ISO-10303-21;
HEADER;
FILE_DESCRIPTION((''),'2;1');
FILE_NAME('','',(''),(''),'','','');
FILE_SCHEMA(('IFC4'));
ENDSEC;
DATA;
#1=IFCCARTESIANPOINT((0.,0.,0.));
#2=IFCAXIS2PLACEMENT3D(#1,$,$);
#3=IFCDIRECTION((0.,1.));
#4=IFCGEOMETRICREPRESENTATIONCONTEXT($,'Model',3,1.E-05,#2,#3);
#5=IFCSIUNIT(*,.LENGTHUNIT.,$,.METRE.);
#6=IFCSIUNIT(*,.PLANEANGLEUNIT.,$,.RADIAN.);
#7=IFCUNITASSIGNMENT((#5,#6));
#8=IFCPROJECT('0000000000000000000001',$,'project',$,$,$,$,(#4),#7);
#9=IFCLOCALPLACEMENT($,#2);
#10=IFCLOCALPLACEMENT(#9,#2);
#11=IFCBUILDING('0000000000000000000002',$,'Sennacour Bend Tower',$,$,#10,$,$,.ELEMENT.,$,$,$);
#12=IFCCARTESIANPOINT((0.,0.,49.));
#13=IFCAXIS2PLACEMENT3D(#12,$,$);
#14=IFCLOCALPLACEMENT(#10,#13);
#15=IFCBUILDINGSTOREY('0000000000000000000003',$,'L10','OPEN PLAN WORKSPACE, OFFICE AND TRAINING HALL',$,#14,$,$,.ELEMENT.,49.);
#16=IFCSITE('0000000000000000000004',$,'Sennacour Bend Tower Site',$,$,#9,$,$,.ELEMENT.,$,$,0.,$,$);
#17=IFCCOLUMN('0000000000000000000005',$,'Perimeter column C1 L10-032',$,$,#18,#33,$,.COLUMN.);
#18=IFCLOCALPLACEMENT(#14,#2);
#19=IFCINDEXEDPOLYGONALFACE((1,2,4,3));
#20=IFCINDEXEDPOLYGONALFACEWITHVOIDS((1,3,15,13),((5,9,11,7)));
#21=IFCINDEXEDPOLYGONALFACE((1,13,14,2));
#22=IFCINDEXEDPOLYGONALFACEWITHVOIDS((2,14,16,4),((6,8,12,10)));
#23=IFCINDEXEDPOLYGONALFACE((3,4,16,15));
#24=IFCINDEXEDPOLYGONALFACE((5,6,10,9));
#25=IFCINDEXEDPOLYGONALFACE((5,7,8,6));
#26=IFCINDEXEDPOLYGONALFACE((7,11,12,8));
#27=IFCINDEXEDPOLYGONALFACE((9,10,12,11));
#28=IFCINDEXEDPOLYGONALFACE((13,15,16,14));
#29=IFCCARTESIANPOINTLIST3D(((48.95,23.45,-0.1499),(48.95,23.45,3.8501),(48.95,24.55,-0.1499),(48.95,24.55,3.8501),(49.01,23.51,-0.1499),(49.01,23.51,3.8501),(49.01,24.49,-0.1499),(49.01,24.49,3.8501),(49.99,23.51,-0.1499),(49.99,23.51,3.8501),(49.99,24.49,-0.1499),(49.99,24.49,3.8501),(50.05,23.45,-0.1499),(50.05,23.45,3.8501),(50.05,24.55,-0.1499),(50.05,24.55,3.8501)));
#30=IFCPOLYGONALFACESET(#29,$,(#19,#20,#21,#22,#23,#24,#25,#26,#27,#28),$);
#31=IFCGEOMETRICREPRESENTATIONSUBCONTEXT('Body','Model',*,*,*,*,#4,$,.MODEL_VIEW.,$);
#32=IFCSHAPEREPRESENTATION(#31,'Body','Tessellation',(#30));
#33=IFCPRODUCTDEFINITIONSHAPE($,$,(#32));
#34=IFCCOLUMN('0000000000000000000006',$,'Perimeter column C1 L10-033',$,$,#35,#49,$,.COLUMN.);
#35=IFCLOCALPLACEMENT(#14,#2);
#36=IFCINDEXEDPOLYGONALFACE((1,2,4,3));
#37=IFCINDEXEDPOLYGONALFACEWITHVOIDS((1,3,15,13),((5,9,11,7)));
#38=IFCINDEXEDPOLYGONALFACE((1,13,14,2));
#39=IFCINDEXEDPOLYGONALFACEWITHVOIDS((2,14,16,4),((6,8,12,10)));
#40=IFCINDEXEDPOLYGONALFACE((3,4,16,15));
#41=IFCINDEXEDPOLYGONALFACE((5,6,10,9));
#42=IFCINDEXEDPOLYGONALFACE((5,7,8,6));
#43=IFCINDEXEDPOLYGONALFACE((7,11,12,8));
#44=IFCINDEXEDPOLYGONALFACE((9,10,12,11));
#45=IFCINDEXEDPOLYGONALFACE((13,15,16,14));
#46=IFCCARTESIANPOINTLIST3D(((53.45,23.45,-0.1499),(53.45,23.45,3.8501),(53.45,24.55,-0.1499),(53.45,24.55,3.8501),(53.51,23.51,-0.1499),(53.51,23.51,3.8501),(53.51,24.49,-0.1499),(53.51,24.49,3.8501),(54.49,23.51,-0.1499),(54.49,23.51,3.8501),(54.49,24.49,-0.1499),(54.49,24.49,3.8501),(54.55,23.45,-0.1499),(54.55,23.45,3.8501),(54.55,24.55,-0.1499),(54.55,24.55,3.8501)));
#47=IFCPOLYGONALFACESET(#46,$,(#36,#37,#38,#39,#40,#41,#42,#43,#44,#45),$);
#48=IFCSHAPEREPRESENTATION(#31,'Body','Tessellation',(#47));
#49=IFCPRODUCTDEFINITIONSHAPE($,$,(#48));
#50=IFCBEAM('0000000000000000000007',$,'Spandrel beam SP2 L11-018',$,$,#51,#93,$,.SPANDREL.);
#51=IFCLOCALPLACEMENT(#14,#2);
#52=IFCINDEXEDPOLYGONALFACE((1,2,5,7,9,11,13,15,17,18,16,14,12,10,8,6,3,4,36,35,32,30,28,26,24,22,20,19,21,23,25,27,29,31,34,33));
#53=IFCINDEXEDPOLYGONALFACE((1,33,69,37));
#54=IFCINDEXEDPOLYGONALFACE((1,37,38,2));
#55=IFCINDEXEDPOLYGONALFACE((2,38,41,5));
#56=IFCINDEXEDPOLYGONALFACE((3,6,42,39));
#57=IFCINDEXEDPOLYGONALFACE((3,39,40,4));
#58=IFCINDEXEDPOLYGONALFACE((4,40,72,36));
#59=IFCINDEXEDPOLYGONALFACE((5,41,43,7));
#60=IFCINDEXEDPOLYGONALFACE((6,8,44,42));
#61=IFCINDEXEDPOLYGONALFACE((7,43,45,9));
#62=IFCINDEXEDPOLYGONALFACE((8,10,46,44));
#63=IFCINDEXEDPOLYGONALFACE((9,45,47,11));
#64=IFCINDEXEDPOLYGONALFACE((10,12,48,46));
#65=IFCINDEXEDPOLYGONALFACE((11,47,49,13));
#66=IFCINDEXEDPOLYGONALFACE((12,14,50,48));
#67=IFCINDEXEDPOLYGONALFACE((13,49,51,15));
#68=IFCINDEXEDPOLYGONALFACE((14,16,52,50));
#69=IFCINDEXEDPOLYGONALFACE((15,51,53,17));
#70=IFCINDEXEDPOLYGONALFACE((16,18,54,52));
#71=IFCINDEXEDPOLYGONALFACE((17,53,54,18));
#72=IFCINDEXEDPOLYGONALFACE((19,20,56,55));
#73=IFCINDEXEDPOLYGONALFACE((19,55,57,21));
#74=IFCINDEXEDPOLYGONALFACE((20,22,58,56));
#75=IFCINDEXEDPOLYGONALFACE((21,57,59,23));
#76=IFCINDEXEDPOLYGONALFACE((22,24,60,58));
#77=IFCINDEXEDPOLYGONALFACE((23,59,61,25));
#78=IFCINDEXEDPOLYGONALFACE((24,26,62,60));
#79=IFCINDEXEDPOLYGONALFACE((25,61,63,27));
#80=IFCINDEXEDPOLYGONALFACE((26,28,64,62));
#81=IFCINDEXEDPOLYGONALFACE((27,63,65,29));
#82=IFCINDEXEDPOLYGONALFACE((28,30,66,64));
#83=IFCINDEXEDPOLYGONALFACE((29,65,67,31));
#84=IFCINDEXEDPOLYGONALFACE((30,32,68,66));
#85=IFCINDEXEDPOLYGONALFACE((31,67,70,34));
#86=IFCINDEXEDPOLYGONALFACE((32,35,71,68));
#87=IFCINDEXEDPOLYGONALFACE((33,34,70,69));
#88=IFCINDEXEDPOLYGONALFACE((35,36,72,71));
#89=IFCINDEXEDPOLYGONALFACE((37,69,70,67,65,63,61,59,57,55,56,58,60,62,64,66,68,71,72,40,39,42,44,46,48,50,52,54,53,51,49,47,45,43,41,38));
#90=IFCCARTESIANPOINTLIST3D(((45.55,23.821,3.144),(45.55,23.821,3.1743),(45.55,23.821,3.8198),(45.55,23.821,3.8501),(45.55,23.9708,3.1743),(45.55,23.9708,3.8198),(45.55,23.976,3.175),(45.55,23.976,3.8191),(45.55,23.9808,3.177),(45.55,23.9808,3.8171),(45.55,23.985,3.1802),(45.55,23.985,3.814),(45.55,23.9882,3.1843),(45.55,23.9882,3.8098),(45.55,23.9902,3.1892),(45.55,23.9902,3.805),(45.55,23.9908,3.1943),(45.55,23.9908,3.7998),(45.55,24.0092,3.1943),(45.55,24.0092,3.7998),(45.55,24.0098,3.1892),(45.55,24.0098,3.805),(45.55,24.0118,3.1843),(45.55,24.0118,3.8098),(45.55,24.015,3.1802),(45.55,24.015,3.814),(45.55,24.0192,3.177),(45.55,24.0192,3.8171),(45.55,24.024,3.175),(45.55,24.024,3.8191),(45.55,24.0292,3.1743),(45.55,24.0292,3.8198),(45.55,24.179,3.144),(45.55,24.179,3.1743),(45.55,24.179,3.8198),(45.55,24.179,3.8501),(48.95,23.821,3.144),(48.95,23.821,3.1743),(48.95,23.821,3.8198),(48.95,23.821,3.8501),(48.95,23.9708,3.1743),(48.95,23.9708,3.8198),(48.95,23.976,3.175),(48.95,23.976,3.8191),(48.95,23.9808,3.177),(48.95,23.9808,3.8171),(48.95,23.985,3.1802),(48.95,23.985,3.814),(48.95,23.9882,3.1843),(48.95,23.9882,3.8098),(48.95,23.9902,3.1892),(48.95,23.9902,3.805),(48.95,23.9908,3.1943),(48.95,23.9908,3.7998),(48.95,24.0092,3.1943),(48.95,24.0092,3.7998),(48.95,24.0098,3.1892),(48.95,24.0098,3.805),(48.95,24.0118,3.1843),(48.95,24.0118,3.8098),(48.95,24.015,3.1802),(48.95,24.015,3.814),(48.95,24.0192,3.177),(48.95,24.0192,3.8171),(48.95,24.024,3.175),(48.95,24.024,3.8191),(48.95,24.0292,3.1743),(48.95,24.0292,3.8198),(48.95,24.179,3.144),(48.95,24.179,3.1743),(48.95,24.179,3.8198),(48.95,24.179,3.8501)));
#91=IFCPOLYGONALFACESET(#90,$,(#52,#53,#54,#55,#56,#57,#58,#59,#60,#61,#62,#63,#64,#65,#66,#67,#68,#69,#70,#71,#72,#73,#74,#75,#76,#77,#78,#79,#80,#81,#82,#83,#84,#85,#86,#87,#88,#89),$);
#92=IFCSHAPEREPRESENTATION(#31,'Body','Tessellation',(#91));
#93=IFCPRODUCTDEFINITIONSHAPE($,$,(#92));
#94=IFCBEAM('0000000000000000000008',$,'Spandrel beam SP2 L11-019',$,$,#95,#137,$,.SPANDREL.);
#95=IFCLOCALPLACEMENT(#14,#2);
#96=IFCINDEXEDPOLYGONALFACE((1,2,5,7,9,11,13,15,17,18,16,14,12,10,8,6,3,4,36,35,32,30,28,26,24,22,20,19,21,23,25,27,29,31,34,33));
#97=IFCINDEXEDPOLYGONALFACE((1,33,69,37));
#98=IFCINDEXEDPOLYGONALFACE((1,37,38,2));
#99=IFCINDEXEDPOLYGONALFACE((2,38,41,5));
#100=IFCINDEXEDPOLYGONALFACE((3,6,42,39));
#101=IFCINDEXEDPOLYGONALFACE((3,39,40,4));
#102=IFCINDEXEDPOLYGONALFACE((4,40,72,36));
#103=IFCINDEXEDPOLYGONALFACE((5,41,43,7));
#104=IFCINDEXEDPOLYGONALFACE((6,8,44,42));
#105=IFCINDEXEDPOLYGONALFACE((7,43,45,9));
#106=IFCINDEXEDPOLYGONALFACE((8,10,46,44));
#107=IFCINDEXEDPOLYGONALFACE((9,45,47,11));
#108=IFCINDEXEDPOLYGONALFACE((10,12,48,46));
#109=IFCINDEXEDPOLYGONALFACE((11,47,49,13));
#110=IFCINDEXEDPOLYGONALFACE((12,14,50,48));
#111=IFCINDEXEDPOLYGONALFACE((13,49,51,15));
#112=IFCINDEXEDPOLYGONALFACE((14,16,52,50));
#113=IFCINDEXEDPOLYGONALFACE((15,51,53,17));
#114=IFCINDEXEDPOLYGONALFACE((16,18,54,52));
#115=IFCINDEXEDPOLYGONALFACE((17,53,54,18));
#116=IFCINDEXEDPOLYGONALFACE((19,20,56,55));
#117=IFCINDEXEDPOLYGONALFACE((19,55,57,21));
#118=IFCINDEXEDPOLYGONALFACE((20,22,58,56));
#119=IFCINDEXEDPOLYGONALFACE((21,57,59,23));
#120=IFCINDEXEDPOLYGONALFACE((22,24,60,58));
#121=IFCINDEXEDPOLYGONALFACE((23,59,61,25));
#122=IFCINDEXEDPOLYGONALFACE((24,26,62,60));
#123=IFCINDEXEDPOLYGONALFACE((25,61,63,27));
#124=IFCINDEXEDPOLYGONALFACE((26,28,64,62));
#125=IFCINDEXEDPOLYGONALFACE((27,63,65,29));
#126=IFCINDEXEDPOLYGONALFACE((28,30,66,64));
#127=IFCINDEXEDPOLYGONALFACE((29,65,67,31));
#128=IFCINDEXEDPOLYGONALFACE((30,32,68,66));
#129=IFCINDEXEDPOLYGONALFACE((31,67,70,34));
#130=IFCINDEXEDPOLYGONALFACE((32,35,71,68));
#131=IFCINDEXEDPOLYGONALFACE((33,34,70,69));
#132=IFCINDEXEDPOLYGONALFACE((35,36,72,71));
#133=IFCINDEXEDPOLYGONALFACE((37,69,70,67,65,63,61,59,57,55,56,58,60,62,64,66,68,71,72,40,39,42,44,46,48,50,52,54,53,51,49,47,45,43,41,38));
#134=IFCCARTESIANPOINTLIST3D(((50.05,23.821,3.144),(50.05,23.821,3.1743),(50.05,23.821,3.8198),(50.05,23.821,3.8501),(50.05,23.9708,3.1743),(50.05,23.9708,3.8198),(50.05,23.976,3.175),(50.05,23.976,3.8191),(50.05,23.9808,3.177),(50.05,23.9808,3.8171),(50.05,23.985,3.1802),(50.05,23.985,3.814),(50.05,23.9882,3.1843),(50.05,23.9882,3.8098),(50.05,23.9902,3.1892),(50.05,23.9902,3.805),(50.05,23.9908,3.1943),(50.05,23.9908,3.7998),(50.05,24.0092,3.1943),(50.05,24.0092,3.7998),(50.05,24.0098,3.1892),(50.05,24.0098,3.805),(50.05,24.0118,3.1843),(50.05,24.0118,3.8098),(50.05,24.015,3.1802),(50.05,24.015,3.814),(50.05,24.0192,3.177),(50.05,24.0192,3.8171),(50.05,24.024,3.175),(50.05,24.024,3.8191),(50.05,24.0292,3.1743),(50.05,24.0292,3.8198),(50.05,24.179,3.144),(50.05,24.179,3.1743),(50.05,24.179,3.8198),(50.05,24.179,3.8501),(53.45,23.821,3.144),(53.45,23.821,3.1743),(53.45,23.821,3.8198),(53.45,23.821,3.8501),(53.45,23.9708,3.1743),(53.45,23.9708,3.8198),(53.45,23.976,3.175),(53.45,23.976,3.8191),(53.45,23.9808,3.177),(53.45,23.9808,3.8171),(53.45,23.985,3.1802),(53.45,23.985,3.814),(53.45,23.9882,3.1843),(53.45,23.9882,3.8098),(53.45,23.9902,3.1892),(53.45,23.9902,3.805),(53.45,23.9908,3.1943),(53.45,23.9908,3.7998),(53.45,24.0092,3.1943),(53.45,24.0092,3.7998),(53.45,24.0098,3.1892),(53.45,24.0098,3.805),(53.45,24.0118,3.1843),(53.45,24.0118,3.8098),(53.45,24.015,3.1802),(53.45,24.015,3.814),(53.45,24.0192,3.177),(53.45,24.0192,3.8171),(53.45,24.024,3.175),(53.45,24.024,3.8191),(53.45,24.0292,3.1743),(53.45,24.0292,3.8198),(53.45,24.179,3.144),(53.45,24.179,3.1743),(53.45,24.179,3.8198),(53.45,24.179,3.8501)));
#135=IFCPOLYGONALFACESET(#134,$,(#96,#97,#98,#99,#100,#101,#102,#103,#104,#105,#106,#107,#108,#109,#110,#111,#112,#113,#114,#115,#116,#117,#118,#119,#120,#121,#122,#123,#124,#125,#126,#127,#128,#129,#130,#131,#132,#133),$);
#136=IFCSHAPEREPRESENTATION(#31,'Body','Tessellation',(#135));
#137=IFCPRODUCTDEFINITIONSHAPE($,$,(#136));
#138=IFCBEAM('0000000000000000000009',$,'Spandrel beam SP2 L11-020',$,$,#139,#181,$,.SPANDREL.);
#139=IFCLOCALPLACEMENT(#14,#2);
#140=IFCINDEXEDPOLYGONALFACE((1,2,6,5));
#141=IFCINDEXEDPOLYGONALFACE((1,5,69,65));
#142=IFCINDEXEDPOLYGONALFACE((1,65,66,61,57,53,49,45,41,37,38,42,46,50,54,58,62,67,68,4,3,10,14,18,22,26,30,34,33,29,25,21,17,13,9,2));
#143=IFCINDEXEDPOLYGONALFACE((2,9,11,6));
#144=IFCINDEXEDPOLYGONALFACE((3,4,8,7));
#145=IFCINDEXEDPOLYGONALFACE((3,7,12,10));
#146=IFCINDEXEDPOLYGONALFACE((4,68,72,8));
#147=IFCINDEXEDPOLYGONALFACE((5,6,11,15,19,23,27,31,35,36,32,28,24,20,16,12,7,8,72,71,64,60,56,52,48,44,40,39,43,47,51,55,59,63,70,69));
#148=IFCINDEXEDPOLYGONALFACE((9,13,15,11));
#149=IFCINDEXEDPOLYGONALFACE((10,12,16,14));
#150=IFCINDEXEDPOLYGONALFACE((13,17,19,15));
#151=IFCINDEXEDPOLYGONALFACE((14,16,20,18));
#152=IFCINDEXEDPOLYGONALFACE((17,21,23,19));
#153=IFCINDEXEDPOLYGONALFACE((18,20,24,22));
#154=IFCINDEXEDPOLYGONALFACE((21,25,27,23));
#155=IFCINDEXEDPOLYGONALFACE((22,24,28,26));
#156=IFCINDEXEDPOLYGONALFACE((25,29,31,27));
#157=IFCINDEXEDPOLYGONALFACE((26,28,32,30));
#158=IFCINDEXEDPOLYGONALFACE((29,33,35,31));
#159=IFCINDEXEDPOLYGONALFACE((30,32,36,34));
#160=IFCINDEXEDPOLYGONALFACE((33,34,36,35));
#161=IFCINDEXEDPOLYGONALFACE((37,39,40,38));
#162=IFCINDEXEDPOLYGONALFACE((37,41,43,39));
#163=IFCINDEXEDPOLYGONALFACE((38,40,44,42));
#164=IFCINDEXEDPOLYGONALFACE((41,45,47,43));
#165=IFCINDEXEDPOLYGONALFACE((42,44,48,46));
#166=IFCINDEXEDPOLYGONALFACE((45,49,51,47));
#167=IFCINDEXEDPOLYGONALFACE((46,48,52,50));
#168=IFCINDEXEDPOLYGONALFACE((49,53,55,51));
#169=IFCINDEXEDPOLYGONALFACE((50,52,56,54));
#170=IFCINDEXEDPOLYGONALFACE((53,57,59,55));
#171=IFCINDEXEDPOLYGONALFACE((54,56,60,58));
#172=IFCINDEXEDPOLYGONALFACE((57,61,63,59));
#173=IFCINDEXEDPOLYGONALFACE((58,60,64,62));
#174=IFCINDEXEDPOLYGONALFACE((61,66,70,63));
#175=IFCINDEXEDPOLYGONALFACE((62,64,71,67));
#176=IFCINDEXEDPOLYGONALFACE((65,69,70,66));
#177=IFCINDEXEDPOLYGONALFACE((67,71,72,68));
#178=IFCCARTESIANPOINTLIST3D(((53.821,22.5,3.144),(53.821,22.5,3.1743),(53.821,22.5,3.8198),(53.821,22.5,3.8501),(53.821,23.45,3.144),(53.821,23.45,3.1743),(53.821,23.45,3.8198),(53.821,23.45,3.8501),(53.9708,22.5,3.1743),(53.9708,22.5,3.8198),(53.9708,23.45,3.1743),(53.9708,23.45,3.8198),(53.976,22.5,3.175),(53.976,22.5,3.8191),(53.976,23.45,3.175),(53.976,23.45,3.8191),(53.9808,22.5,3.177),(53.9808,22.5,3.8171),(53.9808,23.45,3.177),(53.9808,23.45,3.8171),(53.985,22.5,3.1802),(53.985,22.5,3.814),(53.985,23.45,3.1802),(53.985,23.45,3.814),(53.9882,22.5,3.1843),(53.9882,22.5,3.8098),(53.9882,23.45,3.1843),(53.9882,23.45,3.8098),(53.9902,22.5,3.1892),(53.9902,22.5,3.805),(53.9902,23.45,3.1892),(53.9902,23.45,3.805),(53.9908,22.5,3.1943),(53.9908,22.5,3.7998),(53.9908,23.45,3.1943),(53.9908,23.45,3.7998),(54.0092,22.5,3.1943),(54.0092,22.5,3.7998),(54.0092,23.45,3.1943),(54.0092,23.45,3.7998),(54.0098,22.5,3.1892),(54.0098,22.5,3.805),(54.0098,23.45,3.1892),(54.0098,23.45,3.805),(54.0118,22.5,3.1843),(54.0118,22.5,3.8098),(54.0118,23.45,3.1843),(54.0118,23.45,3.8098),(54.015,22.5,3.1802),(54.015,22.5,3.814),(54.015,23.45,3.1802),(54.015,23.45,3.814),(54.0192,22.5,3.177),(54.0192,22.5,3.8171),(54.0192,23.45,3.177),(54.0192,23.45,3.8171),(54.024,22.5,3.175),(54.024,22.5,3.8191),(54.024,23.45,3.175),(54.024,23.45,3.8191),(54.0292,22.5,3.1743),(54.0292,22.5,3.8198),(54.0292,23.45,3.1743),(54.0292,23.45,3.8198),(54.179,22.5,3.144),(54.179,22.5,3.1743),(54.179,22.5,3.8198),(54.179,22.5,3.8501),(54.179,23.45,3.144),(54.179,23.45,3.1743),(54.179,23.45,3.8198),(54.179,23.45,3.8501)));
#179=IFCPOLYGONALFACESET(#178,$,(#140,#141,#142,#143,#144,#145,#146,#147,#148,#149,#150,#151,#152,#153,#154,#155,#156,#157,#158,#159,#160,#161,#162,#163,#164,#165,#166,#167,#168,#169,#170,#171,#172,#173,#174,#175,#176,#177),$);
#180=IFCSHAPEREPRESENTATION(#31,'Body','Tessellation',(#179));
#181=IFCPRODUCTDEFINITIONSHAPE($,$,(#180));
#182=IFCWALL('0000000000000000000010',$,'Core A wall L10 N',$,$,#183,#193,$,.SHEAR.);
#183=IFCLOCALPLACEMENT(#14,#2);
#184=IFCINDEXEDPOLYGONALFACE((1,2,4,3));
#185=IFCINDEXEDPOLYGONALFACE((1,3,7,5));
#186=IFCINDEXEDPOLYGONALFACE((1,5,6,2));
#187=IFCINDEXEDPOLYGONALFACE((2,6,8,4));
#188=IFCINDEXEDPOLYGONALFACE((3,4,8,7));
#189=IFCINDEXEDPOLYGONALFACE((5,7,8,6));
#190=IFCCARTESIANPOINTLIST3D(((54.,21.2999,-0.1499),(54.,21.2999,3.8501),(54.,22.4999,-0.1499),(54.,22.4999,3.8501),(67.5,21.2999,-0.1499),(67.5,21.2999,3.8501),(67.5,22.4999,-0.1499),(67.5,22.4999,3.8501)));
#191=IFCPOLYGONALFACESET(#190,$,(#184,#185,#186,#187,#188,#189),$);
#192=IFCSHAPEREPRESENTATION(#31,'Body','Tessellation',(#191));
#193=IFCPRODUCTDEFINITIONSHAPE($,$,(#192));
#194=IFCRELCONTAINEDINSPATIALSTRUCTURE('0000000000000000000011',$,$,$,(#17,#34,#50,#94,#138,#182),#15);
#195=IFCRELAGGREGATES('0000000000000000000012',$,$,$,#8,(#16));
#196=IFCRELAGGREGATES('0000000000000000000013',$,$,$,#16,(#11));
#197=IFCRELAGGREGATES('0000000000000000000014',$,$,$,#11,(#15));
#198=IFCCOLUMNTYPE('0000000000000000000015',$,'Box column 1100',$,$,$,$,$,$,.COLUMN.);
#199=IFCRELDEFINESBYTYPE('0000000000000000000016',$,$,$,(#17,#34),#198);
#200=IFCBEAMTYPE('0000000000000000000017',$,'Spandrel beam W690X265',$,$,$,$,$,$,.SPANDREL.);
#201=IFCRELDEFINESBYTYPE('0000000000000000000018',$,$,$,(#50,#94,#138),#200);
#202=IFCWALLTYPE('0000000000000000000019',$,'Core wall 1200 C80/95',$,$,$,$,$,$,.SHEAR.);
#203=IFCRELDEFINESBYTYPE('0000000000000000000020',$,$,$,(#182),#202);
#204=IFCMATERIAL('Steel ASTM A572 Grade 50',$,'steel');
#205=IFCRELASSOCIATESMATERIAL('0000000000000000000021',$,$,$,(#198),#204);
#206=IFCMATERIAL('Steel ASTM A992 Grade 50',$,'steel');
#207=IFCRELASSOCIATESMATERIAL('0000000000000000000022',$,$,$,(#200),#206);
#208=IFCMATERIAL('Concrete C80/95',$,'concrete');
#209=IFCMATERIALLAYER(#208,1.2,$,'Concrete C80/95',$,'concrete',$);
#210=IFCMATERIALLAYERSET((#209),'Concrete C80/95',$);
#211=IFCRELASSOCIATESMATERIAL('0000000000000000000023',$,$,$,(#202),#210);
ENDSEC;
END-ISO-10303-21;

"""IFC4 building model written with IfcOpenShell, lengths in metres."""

from ifc_helpers import new_model, si_unit, direction, frame, frame_2d, origin, origin_2d, place, context, subcontext, project, spatial, rectangle, hollow_rectangle, i_section, extrude, material, layer, layer_set, material_profile, profile_set, type_object, element, save


model = new_model("IFC4")

# Units and contexts
model_context = context("Model", 3, precision=1e-05, world=origin(), true_north=direction((0.0, 1.0)))
body_context = subcontext(model_context, "Body", "Model", "MODEL_VIEW")
ifc_project = project(units=[si_unit("LENGTHUNIT", "METRE"), si_unit("PLANEANGLEUNIT", "RADIAN")], contexts=[model_context])

# Site, building, storey
site_placement = place(None, origin())
site = spatial("IfcSite", under=ifc_project, at=site_placement, Name="Sennacour Bend Tower Site", CompositionType="ELEMENT", RefElevation=0.0)
building_placement = place(site_placement, origin())
building = spatial("IfcBuilding", under=site, at=building_placement, Name="Sennacour Bend Tower", CompositionType="ELEMENT")
storey_placement = place(building_placement, frame((0.0, 0.0, 49.0)))
storey = spatial("IfcBuildingStorey", under=building, at=storey_placement, Name="L10", Description="OPEN PLAN WORKSPACE, OFFICE AND TRAINING HALL", CompositionType="ELEMENT", Elevation=49.0)

# Columns
ifc_material_1 = material(Name="Steel ASTM A572 Grade 50", Category="steel")
ifc_material_profile_1 = material_profile(ifc_material_1, hollow_rectangle(XDim=1.1001, YDim=1.1001, WallThickness=0.0601, at=origin_2d()), Name="Steel ASTM A572 Grade 50", Category="steel")
ifc_profile_set_1 = profile_set([ifc_material_profile_1], Name="Steel ASTM A572 Grade 50")
column_type = type_object("IfcColumnType", Name="Box column 1100", PredefinedType="COLUMN", material=ifc_profile_set_1)
for number, where, z_axis, x_axis, name in (
    (1, (49.5, 24.0, -0.1499), (0.0, 0.0, 1.0), (1.0, 0.0, 0.0), "Perimeter column C1 L10-032"),
    (2, (54.0, 24.0, -0.1499), (0.0, 0.0, 1.0), (1.0, 0.0, 0.0), "Perimeter column C1 L10-033"),
):
    element("IfcColumn", number, at=place(storey_placement, frame(where, z_axis=z_axis, x_axis=x_axis)), inside=storey, type_object=column_type, Name=name, PredefinedType="COLUMN", context=body_context, shape_type="SweptSolid", body=[
        extrude(hollow_rectangle(XDim=1.1001, YDim=1.1001, WallThickness=0.0601, at=origin_2d()), origin(), (0.0, 0.0, 1.0), 4.0),
    ])

# Beams
ifc_material_2 = material(Name="Steel ASTM A992 Grade 50", Category="steel")
ifc_material_profile_2 = material_profile(ifc_material_2, i_section(OverallWidth=0.3579, OverallDepth=0.7061, WebThickness=0.0183, FlangeThickness=0.0303, FilletRadius=0.02, at=origin_2d()), Name="Steel ASTM A992 Grade 50", Category="steel")
ifc_profile_set_2 = profile_set([ifc_material_profile_2], Name="Steel ASTM A992 Grade 50")
beam_type = type_object("IfcBeamType", Name="Spandrel beam W690X265", PredefinedType="SPANDREL", material=ifc_profile_set_2)
for number, where, z_axis, x_axis, name in (
    (3, (45.55, 24.0, 3.4971), (1.0, 0.0, 0.0), (0.0, 1.0, 0.0), "Spandrel beam SP2 L11-018"),
    (4, (50.05, 24.0, 3.4971), (1.0, 0.0, 0.0), (0.0, 1.0, 0.0), "Spandrel beam SP2 L11-019"),
):
    element("IfcBeam", number, at=place(storey_placement, frame(where, z_axis=z_axis, x_axis=x_axis)), inside=storey, type_object=beam_type, Name=name, PredefinedType="SPANDREL", context=body_context, shape_type="SweptSolid", body=[
        extrude(i_section(OverallWidth=0.3579, OverallDepth=0.7061, WebThickness=0.0183, FlangeThickness=0.0303, FilletRadius=0.02, at=origin_2d()), origin(), (0.0, 0.0, 1.0), 3.3999),
    ])
beam_placement = place(storey_placement, frame((54.0, 23.45, 3.4971), z_axis=(0.0, -1.0, 0.0), x_axis=(1.0, 0.0, 0.0)))
element("IfcBeam", 5, at=beam_placement, inside=storey, type_object=beam_type, Name="Spandrel beam SP2 L11-020", PredefinedType="SPANDREL", context=body_context, shape_type="SweptSolid", body=[
    extrude(i_section(OverallWidth=0.3579, OverallDepth=0.7061, WebThickness=0.0183, FlangeThickness=0.0303, FilletRadius=0.02, at=origin_2d()), origin(), (0.0, 0.0, 1.0), 0.95),
])

# Wall
ifc_material_3 = material(Name="Concrete C80/95", Category="concrete")
ifc_layer_1 = layer(ifc_material_3, 1.2, Name="Concrete C80/95", Category="concrete")
ifc_layer_set_1 = layer_set([ifc_layer_1], Name="Concrete C80/95")
wall_type_1 = type_object("IfcWallType", Name="Core wall 1200 C80/95", PredefinedType="SHEAR", material=ifc_layer_set_1)
wall_1_placement = place(storey_placement, frame((54.0, 21.8999, -0.1499), z_axis=(0.0, 0.0, 1.0), x_axis=(1.0, 0.0, 0.0)))
element("IfcWall", 6, at=wall_1_placement, inside=storey, type_object=wall_type_1, Name="Core A wall L10 N", PredefinedType="SHEAR", context=body_context, shape_type="SweptSolid", body=[
    extrude(rectangle(XDim=13.5, YDim=1.2, at=frame_2d((6.75, 0.0))), origin(), (0.0, 0.0, 1.0), 4.0),
])

save(model, "model.ifc")
